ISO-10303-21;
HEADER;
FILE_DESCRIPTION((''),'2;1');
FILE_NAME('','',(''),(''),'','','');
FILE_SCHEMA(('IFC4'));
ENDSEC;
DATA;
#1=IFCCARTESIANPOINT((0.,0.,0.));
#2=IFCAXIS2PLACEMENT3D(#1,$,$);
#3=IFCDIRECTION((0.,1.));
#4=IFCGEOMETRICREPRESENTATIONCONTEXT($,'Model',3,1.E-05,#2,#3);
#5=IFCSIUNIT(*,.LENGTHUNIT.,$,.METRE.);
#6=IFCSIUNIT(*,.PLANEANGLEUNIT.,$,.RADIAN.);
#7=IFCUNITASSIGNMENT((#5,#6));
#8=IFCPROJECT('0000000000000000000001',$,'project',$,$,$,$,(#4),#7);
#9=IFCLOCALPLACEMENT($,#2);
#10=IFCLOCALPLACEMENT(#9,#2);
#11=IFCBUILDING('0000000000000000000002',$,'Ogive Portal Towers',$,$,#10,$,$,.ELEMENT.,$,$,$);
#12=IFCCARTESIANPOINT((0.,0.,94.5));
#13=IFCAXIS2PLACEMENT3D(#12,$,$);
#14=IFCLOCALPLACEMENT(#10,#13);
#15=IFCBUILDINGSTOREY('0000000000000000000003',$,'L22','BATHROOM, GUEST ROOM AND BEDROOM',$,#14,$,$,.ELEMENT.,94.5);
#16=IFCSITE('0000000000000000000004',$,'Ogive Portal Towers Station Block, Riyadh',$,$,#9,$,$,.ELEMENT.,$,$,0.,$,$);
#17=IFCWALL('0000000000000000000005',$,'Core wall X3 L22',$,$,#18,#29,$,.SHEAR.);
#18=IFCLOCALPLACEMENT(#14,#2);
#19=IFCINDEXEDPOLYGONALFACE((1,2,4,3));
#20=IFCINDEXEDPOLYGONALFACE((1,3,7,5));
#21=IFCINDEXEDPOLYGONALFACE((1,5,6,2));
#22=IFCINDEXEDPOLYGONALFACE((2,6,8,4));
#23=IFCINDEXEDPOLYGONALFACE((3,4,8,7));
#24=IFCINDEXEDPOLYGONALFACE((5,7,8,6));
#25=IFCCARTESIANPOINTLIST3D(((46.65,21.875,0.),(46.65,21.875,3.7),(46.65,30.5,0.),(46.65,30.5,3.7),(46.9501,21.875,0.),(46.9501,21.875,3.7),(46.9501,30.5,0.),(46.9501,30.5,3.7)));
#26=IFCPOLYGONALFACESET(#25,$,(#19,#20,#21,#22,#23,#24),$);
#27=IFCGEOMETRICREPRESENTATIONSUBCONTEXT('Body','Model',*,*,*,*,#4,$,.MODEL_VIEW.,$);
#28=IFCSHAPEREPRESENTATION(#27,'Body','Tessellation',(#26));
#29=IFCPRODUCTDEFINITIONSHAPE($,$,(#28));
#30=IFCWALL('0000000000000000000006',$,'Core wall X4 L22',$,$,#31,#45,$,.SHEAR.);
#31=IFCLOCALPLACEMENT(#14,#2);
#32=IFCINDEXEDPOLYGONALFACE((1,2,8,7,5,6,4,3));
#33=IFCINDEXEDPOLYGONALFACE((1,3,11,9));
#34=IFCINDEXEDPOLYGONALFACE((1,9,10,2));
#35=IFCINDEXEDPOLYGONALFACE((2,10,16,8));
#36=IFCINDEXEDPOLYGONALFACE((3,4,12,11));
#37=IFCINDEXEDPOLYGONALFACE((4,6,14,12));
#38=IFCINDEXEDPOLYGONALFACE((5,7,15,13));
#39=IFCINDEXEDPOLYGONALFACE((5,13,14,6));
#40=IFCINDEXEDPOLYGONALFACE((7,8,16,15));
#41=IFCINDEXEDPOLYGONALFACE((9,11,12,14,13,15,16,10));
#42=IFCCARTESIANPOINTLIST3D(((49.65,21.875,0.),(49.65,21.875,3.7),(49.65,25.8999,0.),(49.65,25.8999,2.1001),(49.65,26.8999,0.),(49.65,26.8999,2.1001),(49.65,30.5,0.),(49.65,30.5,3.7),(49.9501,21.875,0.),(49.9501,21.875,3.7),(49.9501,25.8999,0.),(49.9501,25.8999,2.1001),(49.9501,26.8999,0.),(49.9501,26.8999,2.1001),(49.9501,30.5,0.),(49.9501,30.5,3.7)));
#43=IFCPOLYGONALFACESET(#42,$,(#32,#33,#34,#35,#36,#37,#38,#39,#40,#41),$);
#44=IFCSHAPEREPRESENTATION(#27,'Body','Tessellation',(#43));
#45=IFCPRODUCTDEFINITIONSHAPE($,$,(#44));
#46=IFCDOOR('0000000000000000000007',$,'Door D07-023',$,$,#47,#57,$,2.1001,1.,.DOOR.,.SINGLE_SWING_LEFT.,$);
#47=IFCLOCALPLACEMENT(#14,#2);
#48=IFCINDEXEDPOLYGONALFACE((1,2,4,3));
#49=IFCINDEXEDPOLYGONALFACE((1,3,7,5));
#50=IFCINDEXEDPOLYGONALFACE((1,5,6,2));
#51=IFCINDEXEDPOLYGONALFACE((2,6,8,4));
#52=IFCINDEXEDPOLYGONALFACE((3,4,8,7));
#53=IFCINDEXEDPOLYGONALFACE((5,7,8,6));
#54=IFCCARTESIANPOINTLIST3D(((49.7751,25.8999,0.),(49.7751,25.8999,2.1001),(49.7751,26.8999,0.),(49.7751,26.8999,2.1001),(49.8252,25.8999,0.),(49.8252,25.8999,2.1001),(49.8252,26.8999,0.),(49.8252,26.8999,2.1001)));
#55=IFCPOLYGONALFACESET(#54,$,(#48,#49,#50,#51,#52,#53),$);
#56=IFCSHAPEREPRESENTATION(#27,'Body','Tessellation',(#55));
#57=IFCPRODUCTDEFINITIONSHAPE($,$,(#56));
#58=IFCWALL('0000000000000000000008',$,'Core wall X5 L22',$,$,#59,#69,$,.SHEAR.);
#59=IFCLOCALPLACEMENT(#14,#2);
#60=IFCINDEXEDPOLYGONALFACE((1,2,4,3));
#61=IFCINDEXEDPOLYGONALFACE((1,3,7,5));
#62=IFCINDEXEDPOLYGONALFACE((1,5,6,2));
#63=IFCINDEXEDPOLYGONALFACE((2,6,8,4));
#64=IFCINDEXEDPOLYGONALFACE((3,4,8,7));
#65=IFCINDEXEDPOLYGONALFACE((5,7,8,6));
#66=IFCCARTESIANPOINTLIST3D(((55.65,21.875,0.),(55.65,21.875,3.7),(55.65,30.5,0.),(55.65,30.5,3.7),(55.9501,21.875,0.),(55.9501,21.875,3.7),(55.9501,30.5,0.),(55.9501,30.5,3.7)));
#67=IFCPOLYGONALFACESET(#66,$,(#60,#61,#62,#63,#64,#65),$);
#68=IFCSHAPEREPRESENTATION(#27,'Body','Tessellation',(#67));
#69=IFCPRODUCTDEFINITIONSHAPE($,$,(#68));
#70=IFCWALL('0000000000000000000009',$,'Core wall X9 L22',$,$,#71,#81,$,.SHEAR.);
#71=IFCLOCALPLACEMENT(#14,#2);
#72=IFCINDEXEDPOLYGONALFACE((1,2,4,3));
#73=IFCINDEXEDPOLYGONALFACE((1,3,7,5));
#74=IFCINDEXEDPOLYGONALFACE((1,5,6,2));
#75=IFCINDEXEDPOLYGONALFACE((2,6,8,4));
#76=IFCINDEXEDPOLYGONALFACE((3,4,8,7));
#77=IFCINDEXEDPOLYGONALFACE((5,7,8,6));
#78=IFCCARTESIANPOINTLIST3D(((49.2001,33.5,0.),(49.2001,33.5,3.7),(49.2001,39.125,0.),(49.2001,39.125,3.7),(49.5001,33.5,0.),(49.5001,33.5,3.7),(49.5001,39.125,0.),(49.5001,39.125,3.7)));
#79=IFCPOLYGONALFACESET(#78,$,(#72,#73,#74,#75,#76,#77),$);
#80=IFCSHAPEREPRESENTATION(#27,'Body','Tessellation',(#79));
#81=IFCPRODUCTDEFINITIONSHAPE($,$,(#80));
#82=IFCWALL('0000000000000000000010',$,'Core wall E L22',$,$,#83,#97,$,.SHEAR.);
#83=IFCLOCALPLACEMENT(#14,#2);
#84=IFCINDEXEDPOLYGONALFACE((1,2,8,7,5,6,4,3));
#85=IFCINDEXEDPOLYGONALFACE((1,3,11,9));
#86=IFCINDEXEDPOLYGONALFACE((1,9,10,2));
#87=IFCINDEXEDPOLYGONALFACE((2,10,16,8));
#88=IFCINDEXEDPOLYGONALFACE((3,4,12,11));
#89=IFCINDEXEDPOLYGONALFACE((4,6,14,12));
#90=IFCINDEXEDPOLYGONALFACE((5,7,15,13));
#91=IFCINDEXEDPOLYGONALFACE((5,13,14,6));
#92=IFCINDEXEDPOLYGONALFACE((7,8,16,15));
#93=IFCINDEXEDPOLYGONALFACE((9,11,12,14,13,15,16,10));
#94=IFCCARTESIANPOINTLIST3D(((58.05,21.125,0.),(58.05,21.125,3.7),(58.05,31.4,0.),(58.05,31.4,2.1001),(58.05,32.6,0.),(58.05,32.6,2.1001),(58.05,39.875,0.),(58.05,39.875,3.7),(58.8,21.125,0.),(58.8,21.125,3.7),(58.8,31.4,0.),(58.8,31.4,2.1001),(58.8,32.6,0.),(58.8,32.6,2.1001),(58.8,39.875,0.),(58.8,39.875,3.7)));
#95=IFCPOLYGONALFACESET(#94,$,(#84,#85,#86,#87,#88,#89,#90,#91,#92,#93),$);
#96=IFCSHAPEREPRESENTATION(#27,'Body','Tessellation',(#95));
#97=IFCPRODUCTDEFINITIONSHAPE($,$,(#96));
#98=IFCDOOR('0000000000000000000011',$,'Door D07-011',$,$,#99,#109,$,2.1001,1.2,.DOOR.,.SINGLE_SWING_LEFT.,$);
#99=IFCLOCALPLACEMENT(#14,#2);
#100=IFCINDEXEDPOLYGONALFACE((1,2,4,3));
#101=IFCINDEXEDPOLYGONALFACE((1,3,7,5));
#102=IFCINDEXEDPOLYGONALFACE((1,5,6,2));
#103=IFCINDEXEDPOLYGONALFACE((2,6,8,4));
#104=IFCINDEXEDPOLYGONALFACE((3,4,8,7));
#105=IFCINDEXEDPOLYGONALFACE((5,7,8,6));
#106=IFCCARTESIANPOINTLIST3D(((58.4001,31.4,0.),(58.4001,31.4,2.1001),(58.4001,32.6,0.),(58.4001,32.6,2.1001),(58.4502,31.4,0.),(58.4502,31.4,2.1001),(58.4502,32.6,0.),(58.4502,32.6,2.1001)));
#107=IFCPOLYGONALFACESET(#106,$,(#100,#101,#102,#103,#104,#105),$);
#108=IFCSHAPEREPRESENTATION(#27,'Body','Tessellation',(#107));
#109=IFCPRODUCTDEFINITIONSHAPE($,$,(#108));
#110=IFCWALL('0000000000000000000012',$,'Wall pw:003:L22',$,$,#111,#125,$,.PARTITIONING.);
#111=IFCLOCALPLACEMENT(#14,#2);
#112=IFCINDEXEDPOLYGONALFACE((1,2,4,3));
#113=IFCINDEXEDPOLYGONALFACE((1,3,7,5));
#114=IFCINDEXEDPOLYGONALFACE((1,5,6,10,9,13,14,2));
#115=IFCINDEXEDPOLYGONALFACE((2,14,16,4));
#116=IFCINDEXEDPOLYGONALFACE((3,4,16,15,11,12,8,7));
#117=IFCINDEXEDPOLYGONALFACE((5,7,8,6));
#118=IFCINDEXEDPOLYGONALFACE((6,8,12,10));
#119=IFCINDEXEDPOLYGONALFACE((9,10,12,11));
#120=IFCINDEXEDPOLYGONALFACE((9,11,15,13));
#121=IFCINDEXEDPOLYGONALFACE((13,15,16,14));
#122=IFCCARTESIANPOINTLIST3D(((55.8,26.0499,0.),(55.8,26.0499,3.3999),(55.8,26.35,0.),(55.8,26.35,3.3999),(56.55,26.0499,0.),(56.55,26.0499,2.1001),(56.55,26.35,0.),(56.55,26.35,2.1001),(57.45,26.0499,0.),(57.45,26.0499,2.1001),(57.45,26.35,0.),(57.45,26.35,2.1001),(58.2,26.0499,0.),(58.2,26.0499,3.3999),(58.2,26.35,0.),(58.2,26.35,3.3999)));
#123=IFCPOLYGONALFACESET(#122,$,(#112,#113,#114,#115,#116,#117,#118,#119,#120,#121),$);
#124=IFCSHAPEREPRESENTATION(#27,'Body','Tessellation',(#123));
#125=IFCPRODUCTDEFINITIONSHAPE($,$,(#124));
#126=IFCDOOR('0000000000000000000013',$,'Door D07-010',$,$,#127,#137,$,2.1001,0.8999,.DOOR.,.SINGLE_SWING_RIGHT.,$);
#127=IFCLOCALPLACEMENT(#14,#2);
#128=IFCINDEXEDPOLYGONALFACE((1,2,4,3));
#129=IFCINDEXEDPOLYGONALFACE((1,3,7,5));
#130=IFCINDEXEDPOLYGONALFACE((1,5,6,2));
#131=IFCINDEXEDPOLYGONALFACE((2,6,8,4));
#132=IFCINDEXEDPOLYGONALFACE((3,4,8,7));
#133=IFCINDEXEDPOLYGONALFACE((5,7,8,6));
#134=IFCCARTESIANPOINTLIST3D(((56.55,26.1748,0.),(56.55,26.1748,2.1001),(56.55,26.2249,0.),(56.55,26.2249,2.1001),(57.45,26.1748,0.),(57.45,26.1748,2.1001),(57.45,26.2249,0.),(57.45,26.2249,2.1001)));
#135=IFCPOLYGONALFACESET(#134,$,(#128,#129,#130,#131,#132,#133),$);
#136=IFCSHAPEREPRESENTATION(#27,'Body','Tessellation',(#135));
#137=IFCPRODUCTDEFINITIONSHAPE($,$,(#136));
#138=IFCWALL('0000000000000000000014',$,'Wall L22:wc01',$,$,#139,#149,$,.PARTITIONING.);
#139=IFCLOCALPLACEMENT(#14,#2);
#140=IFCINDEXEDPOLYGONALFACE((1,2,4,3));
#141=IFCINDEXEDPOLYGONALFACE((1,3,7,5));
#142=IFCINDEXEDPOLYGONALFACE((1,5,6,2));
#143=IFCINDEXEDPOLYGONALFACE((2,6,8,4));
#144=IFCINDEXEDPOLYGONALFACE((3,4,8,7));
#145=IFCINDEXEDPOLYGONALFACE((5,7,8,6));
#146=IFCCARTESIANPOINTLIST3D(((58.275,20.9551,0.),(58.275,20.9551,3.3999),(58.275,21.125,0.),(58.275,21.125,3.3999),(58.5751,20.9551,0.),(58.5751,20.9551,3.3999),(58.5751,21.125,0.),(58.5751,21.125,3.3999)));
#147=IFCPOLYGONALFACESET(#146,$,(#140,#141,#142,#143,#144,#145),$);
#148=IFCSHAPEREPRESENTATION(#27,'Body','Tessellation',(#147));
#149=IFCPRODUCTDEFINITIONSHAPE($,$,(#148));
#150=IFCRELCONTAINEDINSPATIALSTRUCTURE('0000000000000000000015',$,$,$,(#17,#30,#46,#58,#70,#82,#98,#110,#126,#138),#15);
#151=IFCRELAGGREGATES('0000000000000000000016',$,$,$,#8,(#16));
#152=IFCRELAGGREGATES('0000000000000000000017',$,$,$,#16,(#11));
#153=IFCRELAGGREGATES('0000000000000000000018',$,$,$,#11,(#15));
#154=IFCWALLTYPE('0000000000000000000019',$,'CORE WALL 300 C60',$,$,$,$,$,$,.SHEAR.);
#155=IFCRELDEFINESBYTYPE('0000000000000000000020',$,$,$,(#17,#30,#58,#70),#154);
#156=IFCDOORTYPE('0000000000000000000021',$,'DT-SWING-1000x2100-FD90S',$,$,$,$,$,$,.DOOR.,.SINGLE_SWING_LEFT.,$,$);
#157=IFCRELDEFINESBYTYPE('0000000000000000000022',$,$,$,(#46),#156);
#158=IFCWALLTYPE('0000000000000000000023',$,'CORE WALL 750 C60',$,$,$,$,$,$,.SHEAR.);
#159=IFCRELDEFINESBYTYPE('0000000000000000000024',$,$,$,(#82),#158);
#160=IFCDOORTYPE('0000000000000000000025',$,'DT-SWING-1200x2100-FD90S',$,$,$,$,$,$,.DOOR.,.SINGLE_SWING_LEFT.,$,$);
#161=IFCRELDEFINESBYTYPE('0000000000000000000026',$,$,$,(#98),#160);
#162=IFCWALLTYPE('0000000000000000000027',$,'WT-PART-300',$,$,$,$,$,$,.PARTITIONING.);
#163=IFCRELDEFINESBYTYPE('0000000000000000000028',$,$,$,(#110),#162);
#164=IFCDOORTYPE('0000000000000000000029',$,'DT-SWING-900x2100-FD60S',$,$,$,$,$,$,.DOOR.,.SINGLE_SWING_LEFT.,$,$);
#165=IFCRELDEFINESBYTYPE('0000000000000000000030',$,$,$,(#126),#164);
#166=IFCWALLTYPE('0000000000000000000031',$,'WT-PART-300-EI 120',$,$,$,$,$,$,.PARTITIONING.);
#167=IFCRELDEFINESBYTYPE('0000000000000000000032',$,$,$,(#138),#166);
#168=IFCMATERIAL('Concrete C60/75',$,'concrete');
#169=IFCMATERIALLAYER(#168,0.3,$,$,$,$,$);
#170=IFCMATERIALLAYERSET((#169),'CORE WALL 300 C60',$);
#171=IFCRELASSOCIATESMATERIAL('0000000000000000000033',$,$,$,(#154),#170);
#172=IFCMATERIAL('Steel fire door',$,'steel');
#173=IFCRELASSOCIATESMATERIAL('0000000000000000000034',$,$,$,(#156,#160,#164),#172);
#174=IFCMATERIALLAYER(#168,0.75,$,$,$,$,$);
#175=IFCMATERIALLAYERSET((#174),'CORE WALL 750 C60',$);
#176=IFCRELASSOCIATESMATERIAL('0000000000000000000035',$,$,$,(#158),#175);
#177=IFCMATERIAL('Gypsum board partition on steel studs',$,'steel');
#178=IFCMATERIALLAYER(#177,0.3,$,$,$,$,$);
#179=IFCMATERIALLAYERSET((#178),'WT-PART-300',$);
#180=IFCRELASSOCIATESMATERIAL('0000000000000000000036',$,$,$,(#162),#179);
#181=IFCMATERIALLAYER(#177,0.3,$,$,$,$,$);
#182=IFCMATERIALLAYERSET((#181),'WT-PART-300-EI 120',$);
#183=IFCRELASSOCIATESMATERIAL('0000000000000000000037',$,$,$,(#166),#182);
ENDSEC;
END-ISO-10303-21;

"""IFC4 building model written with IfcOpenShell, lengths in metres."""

from ifc_helpers import new_model, si_unit, direction, frame, frame_2d, origin, place, context, subcontext, project, spatial, rectangle, extrude, material, layer, layer_set, type_object, element, fill, save


model = new_model("IFC4")

# Units and contexts
model_context = context("Model", 3, precision=1e-05, world=origin(), true_north=direction((0.0, 1.0)))
body_context = subcontext(model_context, "Body", "Model", "MODEL_VIEW")
ifc_project = project(units=[si_unit("LENGTHUNIT", "METRE"), si_unit("PLANEANGLEUNIT", "RADIAN")], contexts=[model_context])

# Site, building, storey
site_placement = place(None, origin())
site = spatial("IfcSite", under=ifc_project, at=site_placement, Name="Ogive Portal Towers Station Block, Riyadh", CompositionType="ELEMENT", RefElevation=0.0)
building_placement = place(site_placement, origin())
building = spatial("IfcBuilding", under=site, at=building_placement, Name="Ogive Portal Towers", CompositionType="ELEMENT")
storey_placement = place(building_placement, frame((0.0, 0.0, 94.5)))
storey = spatial("IfcBuildingStorey", under=building, at=storey_placement, Name="L22", Description="BATHROOM, GUEST ROOM AND BEDROOM", CompositionType="ELEMENT", Elevation=94.5)

# Wall
ifc_material_1 = material(Name="Concrete C60/75", Category="concrete")
ifc_layer_1 = layer(ifc_material_1, 0.3)
ifc_layer_set_1 = layer_set([ifc_layer_1], Name="CORE WALL 300 C60")
wall_type_1 = type_object("IfcWallType", Name="CORE WALL 300 C60", PredefinedType="SHEAR", material=ifc_layer_set_1)
wall_1_placement = place(storey_placement, frame((46.8, 21.875, 0.0), z_axis=(0.0, 0.0, 1.0), x_axis=(0.0, 1.0, 0.0)))
element("IfcWall", 1, at=wall_1_placement, inside=storey, type_object=wall_type_1, Name="Core wall X3 L22", PredefinedType="SHEAR", context=body_context, shape_type="SweptSolid", body=[
    extrude(rectangle(XDim=8.625, YDim=0.3, at=frame_2d((4.3125, 0.0))), origin(), (0.0, 0.0, 1.0), 3.7),
])

# Wall, opening, door
wall_2_placement = place(storey_placement, frame((49.8, 21.875, 0.0), z_axis=(0.0, 0.0, 1.0), x_axis=(0.0, 1.0, 0.0)))
wall_2 = element("IfcWall", 2, at=wall_2_placement, inside=storey, type_object=wall_type_1, Name="Core wall X4 L22", PredefinedType="SHEAR", context=body_context, shape_type="SweptSolid", body=[
    extrude(rectangle(XDim=8.625, YDim=0.3, at=frame_2d((4.3125, 0.0))), origin(), (0.0, 0.0, 1.0), 3.7),
])
opening_1_placement = place(wall_2_placement, frame((4.0249, 0.0, 0.0)))
opening_1 = element("IfcOpeningElement", 3, at=opening_1_placement, cuts=wall_2, PredefinedType="OPENING", context=body_context, shape_type="SweptSolid", body=[
    extrude(rectangle(XDim=1.0, YDim=2.1001, at=frame_2d((0.5, 1.05))), frame((0.0, 0.1602, 0.0), z_axis=(0.0, -1.0, 0.0), x_axis=(1.0, 0.0, 0.0)), (0.0, 0.0, 1.0), 0.3201),
])
ifc_material_2 = material(Name="Steel fire door", Category="steel")
door_type_1 = type_object("IfcDoorType", Name="DT-SWING-1000x2100-FD90S", OperationType="SINGLE_SWING_LEFT", PredefinedType="DOOR", material=ifc_material_2)
door_1_placement = place(opening_1_placement, origin())
door_1 = element("IfcDoor", 4, at=door_1_placement, inside=storey, type_object=door_type_1, Name="Door D07-023", OperationType="SINGLE_SWING_LEFT", OverallHeight=2.1001, OverallWidth=1.0, PredefinedType="DOOR", context=body_context, shape_type="SweptSolid", body=[
    extrude(rectangle(XDim=1.0, YDim=2.1001, at=frame_2d((0.5, 1.05))), frame((0.0, 0.0249, 0.0), z_axis=(0.0, -1.0, 0.0), x_axis=(1.0, 0.0, 0.0)), (0.0, 0.0, 1.0), 0.05),
])
fill(opening_1, door_1)

# Walls
wall_3_placement = place(storey_placement, frame((55.8, 21.875, 0.0), z_axis=(0.0, 0.0, 1.0), x_axis=(0.0, 1.0, 0.0)))
element("IfcWall", 5, at=wall_3_placement, inside=storey, type_object=wall_type_1, Name="Core wall X5 L22", PredefinedType="SHEAR", context=body_context, shape_type="SweptSolid", body=[
    extrude(rectangle(XDim=8.625, YDim=0.3, at=frame_2d((4.3125, 0.0))), origin(), (0.0, 0.0, 1.0), 3.7),
])
wall_4_placement = place(storey_placement, frame((49.3501, 33.5, 0.0), z_axis=(0.0, 0.0, 1.0), x_axis=(0.0, 1.0, 0.0)))
element("IfcWall", 6, at=wall_4_placement, inside=storey, type_object=wall_type_1, Name="Core wall X9 L22", PredefinedType="SHEAR", context=body_context, shape_type="SweptSolid", body=[
    extrude(rectangle(XDim=5.625, YDim=0.3, at=frame_2d((2.8125, 0.0))), origin(), (0.0, 0.0, 1.0), 3.7),
])

# Walls, openings, doors
ifc_layer_2 = layer(ifc_material_1, 0.75)
ifc_layer_set_2 = layer_set([ifc_layer_2], Name="CORE WALL 750 C60")
wall_type_2 = type_object("IfcWallType", Name="CORE WALL 750 C60", PredefinedType="SHEAR", material=ifc_layer_set_2)
wall_5_placement = place(storey_placement, frame((58.425, 21.125, 0.0), z_axis=(0.0, 0.0, 1.0), x_axis=(0.0, 1.0, 0.0)))
wall_5 = element("IfcWall", 7, at=wall_5_placement, inside=storey, type_object=wall_type_2, Name="Core wall E L22", PredefinedType="SHEAR", context=body_context, shape_type="SweptSolid", body=[
    extrude(rectangle(XDim=18.75, YDim=0.75, at=frame_2d((9.375, 0.0))), origin(), (0.0, 0.0, 1.0), 3.7),
])
opening_2_placement = place(wall_5_placement, frame((10.2749, 0.0, 0.0)))
opening_2 = element("IfcOpeningElement", 8, at=opening_2_placement, cuts=wall_5, PredefinedType="OPENING", context=body_context, shape_type="SweptSolid", body=[
    extrude(rectangle(XDim=1.2, YDim=2.1001, at=frame_2d((0.6001, 1.05))), frame((0.0, 0.385, 0.0), z_axis=(0.0, -1.0, 0.0), x_axis=(1.0, 0.0, 0.0)), (0.0, 0.0, 1.0), 0.77),
])
door_type_2 = type_object("IfcDoorType", Name="DT-SWING-1200x2100-FD90S", OperationType="SINGLE_SWING_LEFT", PredefinedType="DOOR", material=ifc_material_2)
door_2_placement = place(opening_2_placement, origin())
door_2 = element("IfcDoor", 9, at=door_2_placement, inside=storey, type_object=door_type_2, Name="Door D07-011", OperationType="SINGLE_SWING_LEFT", OverallHeight=2.1001, OverallWidth=1.2, PredefinedType="DOOR", context=body_context, shape_type="SweptSolid", body=[
    extrude(rectangle(XDim=1.2, YDim=2.1001, at=frame_2d((0.6001, 1.05))), frame((0.0, 0.0249, 0.0), z_axis=(0.0, -1.0, 0.0), x_axis=(1.0, 0.0, 0.0)), (0.0, 0.0, 1.0), 0.05),
])
fill(opening_2, door_2)
ifc_material_3 = material(Name="Gypsum board partition on steel studs", Category="steel")
ifc_layer_3 = layer(ifc_material_3, 0.3)
ifc_layer_set_3 = layer_set([ifc_layer_3], Name="WT-PART-300")
wall_type_3 = type_object("IfcWallType", Name="WT-PART-300", PredefinedType="PARTITIONING", material=ifc_layer_set_3)
wall_6_placement = place(storey_placement, frame((55.8, 26.2, 0.0), z_axis=(0.0, 0.0, 1.0), x_axis=(1.0, 0.0, 0.0)))
wall_6 = element("IfcWall", 10, at=wall_6_placement, inside=storey, type_object=wall_type_3, Name="Wall pw:003:L22", PredefinedType="PARTITIONING", context=body_context, shape_type="SweptSolid", body=[
    extrude(rectangle(XDim=2.3999, YDim=0.3, at=frame_2d((1.2, 0.0))), origin(), (0.0, 0.0, 1.0), 3.3999),
])
opening_3_placement = place(wall_6_placement, frame((0.75, 0.0, 0.0)))
opening_3 = element("IfcOpeningElement", 11, at=opening_3_placement, cuts=wall_6, PredefinedType="OPENING", context=body_context, shape_type="SweptSolid", body=[
    extrude(rectangle(XDim=0.8999, YDim=2.1001, at=frame_2d((0.45, 1.05))), frame((0.0, 0.1602, 0.0), z_axis=(0.0, -1.0, 0.0), x_axis=(1.0, 0.0, 0.0)), (0.0, 0.0, 1.0), 0.3201),
])
door_type_3 = type_object("IfcDoorType", Name="DT-SWING-900x2100-FD60S", OperationType="SINGLE_SWING_LEFT", PredefinedType="DOOR", material=ifc_material_2)
door_3_placement = place(opening_3_placement, origin())
door_3 = element("IfcDoor", 12, at=door_3_placement, inside=storey, type_object=door_type_3, Name="Door D07-010", OperationType="SINGLE_SWING_RIGHT", OverallHeight=2.1001, OverallWidth=0.8999, PredefinedType="DOOR", context=body_context, shape_type="SweptSolid", body=[
    extrude(rectangle(XDim=0.8999, YDim=2.1001, at=frame_2d((0.45, 1.05))), frame((0.0, 0.0249, 0.0), z_axis=(0.0, -1.0, 0.0), x_axis=(1.0, 0.0, 0.0)), (0.0, 0.0, 1.0), 0.05),
])
fill(opening_3, door_3)

# Wall
ifc_layer_4 = layer(ifc_material_3, 0.3)
ifc_layer_set_4 = layer_set([ifc_layer_4], Name="WT-PART-300-EI 120")
wall_type_4 = type_object("IfcWallType", Name="WT-PART-300-EI 120", PredefinedType="PARTITIONING", material=ifc_layer_set_4)
wall_7_placement = place(storey_placement, frame((58.425, 21.125, 0.0), z_axis=(0.0, 0.0, 1.0), x_axis=(0.0, -1.0, 0.0)))
element("IfcWall", 13, at=wall_7_placement, inside=storey, type_object=wall_type_4, Name="Wall L22:wc01", PredefinedType="PARTITIONING", context=body_context, shape_type="SweptSolid", body=[
    extrude(rectangle(XDim=0.1699, YDim=0.3, at=frame_2d((0.085, 0.0))), origin(), (0.0, 0.0, 1.0), 3.3999),
])

save(model, "model.ifc")
